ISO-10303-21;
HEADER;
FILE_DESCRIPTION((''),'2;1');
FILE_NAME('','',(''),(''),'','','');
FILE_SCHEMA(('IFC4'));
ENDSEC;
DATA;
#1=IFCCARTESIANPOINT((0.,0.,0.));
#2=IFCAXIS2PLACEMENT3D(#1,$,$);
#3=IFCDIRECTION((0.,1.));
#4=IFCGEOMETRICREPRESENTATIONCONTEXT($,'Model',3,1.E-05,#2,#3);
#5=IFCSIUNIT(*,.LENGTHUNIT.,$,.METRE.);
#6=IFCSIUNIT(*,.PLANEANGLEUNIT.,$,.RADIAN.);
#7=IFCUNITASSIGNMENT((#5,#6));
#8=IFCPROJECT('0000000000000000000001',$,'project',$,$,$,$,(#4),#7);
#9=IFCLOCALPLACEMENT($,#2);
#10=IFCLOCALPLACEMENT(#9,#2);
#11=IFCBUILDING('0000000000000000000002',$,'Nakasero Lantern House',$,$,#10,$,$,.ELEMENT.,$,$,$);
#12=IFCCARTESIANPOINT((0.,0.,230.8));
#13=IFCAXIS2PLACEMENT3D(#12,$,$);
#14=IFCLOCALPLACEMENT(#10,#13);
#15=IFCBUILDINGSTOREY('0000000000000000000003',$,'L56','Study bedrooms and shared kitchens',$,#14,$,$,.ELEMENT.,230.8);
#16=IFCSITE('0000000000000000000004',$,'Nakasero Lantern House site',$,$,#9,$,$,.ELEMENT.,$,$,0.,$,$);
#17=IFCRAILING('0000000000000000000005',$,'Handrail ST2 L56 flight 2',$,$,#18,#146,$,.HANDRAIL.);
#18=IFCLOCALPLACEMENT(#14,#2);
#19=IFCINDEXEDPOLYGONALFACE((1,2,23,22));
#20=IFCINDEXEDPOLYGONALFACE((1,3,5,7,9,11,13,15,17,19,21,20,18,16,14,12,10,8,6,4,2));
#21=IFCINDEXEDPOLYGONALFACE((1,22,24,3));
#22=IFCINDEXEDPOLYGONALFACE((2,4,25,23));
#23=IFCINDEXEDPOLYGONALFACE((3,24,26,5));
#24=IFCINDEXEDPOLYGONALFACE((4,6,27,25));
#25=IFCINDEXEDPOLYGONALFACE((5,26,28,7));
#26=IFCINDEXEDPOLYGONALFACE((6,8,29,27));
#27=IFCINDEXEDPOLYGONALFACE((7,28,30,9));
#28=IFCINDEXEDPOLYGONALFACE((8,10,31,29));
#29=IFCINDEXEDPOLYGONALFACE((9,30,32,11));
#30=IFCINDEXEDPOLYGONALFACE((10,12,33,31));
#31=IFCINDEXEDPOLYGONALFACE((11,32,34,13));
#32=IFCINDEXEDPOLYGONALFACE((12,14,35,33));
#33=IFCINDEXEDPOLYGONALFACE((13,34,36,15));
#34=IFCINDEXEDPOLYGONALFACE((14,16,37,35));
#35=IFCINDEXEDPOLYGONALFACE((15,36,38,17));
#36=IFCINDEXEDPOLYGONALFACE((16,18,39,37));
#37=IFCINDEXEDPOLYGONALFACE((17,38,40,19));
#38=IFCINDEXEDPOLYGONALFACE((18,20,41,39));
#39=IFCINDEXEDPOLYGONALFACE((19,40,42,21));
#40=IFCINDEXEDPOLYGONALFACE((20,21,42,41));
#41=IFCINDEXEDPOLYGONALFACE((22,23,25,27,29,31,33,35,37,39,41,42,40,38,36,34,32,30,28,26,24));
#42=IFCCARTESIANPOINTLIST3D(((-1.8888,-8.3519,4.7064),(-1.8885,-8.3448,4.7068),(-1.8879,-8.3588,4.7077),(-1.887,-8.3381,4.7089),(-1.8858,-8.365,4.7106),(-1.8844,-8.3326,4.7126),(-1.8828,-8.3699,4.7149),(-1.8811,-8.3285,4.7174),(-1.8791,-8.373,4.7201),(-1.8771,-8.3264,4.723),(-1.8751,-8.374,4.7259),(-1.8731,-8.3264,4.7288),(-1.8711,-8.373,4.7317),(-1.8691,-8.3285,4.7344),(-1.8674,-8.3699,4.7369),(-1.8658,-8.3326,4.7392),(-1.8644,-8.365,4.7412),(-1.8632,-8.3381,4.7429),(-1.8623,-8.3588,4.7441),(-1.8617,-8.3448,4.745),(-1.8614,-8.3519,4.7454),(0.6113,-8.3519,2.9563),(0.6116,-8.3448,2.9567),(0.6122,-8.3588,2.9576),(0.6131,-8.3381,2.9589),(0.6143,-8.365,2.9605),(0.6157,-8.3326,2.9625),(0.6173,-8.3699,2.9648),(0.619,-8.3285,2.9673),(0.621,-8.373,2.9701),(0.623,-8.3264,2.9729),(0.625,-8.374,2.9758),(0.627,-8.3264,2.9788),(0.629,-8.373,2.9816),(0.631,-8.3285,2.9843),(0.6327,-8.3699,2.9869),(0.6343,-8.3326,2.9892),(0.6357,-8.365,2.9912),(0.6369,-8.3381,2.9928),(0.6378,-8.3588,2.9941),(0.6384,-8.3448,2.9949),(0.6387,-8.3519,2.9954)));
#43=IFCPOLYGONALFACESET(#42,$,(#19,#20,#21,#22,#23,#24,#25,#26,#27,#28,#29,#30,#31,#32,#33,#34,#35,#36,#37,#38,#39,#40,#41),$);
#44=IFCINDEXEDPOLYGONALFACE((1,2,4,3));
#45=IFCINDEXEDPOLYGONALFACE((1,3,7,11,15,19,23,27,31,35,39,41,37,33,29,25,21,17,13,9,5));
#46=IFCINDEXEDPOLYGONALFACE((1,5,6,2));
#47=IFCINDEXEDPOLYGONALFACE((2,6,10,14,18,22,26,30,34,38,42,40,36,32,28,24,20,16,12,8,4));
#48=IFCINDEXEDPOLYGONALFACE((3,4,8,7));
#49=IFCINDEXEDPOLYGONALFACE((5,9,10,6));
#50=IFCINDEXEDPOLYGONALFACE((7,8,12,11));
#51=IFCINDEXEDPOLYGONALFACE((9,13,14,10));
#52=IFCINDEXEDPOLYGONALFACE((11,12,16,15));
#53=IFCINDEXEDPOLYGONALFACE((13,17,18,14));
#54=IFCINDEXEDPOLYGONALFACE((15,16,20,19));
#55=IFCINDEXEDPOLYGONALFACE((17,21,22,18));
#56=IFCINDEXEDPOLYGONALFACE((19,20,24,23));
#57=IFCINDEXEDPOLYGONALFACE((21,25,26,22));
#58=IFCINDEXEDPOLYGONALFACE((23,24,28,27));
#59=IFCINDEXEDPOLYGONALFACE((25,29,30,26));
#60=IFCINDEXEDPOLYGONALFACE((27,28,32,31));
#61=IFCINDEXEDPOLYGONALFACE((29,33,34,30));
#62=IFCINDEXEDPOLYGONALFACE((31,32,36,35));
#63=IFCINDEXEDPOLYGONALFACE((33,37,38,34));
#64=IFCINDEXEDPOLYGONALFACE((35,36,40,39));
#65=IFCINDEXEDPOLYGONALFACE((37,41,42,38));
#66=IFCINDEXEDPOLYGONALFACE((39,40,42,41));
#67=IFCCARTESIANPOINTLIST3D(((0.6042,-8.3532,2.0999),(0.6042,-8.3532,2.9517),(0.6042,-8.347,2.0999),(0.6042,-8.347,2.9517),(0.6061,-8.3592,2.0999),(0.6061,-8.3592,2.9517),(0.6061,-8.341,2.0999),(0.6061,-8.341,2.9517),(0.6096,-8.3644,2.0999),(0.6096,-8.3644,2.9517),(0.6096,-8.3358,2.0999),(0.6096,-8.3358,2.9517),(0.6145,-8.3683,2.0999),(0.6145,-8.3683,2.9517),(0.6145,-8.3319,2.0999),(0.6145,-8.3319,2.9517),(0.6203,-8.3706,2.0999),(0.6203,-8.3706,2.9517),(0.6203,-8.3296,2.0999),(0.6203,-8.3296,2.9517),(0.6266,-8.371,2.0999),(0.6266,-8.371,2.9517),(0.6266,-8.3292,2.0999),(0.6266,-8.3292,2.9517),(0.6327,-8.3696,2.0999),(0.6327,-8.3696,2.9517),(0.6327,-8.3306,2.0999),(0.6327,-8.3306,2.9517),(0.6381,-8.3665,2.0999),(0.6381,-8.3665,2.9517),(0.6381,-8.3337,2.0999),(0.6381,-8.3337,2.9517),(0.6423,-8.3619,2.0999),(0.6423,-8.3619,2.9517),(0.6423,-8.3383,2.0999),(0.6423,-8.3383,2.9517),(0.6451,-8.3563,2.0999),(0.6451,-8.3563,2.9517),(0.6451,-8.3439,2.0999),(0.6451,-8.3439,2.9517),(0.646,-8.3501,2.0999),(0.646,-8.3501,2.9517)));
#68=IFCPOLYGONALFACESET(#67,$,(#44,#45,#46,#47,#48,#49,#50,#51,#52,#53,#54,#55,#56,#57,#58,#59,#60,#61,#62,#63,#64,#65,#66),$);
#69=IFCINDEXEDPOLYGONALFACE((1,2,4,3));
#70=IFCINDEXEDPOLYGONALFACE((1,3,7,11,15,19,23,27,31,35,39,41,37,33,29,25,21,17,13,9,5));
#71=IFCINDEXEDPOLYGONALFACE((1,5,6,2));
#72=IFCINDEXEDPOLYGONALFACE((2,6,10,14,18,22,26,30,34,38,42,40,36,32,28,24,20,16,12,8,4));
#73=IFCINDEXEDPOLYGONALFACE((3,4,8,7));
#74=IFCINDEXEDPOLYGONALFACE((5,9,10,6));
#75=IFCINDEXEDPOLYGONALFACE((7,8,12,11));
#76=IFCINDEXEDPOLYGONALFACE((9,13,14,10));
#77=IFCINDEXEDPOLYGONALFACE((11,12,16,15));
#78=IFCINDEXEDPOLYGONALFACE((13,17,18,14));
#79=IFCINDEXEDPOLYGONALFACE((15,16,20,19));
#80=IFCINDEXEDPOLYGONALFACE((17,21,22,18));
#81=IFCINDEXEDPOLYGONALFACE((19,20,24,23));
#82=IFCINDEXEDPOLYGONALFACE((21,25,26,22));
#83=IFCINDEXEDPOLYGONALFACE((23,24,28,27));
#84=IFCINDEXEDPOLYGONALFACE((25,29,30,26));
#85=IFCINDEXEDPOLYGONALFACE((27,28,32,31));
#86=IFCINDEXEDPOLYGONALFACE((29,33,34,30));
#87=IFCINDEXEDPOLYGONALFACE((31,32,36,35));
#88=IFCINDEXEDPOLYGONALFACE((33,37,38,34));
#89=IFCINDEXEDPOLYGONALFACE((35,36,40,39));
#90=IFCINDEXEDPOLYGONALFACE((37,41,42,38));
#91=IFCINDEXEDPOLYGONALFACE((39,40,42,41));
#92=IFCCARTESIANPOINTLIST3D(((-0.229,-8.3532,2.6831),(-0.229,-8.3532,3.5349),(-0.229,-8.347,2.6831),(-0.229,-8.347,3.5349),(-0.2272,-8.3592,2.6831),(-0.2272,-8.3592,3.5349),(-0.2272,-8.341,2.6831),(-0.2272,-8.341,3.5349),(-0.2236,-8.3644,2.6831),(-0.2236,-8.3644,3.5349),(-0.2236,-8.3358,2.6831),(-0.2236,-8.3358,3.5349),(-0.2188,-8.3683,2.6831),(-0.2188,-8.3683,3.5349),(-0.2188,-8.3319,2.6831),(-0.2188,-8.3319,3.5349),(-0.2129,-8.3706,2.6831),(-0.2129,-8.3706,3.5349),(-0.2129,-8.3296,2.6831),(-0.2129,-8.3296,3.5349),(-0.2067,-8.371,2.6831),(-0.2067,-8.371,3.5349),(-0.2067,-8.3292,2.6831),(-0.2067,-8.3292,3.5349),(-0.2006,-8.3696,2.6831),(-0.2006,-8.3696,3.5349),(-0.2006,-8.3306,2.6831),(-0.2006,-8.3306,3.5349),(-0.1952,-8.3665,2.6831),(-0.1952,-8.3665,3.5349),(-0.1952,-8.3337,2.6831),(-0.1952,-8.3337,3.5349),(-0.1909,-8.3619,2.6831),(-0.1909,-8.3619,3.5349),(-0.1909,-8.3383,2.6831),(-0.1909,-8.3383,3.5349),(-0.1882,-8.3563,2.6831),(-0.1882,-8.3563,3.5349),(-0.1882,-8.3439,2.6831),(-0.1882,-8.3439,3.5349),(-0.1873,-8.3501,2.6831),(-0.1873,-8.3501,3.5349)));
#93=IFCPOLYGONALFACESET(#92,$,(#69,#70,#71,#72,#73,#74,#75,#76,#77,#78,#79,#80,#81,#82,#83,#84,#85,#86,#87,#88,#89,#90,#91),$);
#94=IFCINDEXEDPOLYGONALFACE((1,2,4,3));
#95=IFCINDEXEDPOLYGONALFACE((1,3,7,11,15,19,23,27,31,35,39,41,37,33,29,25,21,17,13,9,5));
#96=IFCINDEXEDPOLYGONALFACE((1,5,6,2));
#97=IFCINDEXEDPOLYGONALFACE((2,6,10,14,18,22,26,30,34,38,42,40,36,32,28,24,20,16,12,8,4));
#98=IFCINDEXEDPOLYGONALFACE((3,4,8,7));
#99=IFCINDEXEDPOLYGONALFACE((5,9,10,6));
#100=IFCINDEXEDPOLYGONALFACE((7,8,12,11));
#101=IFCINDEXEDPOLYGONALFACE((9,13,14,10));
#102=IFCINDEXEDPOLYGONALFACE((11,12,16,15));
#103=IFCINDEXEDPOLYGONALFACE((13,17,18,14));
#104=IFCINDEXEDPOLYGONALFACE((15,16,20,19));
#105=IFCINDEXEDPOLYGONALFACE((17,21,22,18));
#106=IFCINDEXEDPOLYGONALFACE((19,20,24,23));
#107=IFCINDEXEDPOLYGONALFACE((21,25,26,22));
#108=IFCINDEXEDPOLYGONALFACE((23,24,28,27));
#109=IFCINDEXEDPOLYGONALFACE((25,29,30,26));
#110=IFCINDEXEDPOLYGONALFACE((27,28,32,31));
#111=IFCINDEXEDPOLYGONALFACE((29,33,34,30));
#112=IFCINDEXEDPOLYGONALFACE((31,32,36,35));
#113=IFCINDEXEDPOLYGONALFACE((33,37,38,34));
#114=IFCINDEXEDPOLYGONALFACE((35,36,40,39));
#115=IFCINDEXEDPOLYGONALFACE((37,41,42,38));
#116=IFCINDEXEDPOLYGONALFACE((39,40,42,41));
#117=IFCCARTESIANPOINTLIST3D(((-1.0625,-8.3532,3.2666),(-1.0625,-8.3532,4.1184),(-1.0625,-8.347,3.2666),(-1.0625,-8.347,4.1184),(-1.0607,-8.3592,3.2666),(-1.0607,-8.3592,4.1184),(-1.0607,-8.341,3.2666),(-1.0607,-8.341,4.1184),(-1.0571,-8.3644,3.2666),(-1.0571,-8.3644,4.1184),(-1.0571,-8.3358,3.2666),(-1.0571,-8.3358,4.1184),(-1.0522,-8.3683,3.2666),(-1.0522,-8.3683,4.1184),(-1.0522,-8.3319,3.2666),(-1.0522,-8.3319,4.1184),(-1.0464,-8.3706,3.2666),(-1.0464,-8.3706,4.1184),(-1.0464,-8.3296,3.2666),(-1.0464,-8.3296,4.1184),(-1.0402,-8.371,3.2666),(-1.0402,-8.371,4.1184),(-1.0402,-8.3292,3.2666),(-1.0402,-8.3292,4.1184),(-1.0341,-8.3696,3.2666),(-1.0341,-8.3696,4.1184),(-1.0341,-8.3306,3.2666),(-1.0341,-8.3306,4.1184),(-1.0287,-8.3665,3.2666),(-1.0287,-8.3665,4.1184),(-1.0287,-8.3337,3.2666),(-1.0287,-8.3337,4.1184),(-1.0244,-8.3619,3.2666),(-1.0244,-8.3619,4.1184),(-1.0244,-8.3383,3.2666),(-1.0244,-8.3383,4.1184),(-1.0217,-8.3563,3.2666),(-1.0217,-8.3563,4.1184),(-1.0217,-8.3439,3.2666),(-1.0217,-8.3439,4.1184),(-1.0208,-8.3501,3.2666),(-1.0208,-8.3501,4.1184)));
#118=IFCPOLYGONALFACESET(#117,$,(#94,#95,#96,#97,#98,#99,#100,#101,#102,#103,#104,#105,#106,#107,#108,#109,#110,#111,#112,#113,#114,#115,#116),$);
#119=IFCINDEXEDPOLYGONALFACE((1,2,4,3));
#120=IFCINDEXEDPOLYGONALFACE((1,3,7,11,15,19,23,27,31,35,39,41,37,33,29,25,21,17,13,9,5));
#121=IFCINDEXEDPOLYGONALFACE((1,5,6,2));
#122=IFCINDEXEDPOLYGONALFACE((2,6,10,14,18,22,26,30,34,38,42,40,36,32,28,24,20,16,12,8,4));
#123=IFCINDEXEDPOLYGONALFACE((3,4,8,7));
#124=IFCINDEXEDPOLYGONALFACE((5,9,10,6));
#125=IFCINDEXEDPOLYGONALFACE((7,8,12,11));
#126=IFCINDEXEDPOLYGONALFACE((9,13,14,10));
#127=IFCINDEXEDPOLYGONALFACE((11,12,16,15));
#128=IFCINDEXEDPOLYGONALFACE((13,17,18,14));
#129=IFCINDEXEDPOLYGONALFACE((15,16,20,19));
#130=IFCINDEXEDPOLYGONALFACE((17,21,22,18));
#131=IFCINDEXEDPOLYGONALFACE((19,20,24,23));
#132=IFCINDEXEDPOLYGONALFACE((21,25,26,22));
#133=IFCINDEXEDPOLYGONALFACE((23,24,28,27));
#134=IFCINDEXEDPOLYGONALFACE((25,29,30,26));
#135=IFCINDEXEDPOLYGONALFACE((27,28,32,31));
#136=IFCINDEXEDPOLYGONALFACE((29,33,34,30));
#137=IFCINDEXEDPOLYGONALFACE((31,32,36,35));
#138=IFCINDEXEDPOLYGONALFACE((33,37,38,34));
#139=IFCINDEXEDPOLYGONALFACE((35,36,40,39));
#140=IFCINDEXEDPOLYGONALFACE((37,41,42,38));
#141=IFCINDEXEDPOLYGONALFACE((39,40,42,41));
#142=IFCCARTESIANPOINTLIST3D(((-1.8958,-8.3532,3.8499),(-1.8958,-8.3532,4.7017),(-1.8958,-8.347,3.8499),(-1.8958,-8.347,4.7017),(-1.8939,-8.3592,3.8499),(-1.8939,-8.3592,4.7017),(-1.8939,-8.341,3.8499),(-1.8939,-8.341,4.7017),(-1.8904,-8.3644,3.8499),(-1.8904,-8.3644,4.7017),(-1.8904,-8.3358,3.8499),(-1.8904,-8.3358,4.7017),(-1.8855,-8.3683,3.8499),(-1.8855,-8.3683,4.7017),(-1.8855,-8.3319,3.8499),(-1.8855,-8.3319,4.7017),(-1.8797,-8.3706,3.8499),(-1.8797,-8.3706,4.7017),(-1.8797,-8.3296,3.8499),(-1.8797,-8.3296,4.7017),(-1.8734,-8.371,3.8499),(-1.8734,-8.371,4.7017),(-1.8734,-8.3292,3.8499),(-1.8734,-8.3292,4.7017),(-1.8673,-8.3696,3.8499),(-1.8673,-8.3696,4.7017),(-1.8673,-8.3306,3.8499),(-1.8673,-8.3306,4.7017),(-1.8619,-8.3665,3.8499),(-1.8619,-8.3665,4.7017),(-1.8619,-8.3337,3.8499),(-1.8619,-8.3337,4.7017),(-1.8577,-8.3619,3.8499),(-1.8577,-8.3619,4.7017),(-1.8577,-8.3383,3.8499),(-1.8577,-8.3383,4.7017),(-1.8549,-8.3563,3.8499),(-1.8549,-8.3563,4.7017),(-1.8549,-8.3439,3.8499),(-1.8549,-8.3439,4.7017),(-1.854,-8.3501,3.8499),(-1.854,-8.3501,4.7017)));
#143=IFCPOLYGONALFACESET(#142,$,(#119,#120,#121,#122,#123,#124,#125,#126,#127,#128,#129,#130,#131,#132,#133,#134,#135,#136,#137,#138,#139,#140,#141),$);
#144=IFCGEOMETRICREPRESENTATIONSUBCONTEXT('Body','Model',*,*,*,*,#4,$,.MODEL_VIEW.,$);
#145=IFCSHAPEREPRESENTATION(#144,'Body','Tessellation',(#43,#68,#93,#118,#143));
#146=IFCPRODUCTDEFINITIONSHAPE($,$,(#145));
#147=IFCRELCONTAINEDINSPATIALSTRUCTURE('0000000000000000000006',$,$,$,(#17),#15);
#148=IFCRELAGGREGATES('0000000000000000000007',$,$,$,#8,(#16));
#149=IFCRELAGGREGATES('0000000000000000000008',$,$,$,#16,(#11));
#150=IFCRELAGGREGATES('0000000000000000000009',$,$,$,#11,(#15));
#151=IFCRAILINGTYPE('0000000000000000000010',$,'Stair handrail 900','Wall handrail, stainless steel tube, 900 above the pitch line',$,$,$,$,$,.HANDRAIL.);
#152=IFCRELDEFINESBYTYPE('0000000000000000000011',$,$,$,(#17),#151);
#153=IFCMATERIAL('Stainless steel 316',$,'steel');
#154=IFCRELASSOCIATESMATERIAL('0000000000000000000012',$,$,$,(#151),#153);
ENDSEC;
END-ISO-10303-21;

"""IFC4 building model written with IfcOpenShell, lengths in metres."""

from ifc_helpers import new_model, si_unit, direction, frame, origin, origin_2d, place, context, subcontext, project, spatial, circle, extrude, material, type_object, element, save


model = new_model("IFC4")

# Units and contexts
model_context = context("Model", 3, precision=1e-05, world=origin(), true_north=direction((0.0, 1.0)))
body_context = subcontext(model_context, "Body", "Model", "MODEL_VIEW")
ifc_project = project(units=[si_unit("LENGTHUNIT", "METRE"), si_unit("PLANEANGLEUNIT", "RADIAN")], contexts=[model_context])

# Site, building, storey
site_placement = place(None, origin())
site = spatial("IfcSite", under=ifc_project, at=site_placement, Name="Nakasero Lantern House site", CompositionType="ELEMENT", RefElevation=0.0)
building_placement = place(site_placement, origin())
building = spatial("IfcBuilding", under=site, at=building_placement, Name="Nakasero Lantern House", CompositionType="ELEMENT")
storey_placement = place(building_placement, frame((0.0, 0.0, 230.8)))
storey = spatial("IfcBuildingStorey", under=building, at=storey_placement, Name="L56", Description="Study bedrooms and shared kitchens", CompositionType="ELEMENT", Elevation=230.8)

# Railing
ifc_material_1 = material(Name="Stainless steel 316", Category="steel")
railing_type = type_object("IfcRailingType", Name="Stair handrail 900", Description="Wall handrail, stainless steel tube, 900 above the pitch line", PredefinedType="HANDRAIL", material=ifc_material_1)
railing_placement = place(storey_placement, frame((0.625, -8.3501, 2.0999)))
element("IfcRailing", 1, at=railing_placement, inside=storey, type_object=railing_type, Name="Handrail ST2 L56 flight 2", PredefinedType="HANDRAIL", context=body_context, shape_type="SweptSolid", body=[
    extrude(circle(Radius=0.0239, at=origin_2d()), frame((0.0, 0.0, 0.876), z_axis=(-0.819232, 0.0, 0.573462), x_axis=(0.0, -1.0, 0.0)), (0.0, 0.0, 1.0), 3.0518),
    extrude(circle(Radius=0.021, at=origin_2d()), origin(), (0.0, 0.0, 1.0), 0.8518),
    extrude(circle(Radius=0.021, at=origin_2d()), frame((-0.8333, 0.0, 0.5833)), (0.0, 0.0, 1.0), 0.8518),
    extrude(circle(Radius=0.021, at=origin_2d()), frame((-1.6667, 0.0, 1.1667)), (0.0, 0.0, 1.0), 0.8518),
    extrude(circle(Radius=0.021, at=origin_2d()), frame((-2.5, 0.0, 1.75)), (0.0, 0.0, 1.0), 0.8518),
])

save(model, "model.ifc")
